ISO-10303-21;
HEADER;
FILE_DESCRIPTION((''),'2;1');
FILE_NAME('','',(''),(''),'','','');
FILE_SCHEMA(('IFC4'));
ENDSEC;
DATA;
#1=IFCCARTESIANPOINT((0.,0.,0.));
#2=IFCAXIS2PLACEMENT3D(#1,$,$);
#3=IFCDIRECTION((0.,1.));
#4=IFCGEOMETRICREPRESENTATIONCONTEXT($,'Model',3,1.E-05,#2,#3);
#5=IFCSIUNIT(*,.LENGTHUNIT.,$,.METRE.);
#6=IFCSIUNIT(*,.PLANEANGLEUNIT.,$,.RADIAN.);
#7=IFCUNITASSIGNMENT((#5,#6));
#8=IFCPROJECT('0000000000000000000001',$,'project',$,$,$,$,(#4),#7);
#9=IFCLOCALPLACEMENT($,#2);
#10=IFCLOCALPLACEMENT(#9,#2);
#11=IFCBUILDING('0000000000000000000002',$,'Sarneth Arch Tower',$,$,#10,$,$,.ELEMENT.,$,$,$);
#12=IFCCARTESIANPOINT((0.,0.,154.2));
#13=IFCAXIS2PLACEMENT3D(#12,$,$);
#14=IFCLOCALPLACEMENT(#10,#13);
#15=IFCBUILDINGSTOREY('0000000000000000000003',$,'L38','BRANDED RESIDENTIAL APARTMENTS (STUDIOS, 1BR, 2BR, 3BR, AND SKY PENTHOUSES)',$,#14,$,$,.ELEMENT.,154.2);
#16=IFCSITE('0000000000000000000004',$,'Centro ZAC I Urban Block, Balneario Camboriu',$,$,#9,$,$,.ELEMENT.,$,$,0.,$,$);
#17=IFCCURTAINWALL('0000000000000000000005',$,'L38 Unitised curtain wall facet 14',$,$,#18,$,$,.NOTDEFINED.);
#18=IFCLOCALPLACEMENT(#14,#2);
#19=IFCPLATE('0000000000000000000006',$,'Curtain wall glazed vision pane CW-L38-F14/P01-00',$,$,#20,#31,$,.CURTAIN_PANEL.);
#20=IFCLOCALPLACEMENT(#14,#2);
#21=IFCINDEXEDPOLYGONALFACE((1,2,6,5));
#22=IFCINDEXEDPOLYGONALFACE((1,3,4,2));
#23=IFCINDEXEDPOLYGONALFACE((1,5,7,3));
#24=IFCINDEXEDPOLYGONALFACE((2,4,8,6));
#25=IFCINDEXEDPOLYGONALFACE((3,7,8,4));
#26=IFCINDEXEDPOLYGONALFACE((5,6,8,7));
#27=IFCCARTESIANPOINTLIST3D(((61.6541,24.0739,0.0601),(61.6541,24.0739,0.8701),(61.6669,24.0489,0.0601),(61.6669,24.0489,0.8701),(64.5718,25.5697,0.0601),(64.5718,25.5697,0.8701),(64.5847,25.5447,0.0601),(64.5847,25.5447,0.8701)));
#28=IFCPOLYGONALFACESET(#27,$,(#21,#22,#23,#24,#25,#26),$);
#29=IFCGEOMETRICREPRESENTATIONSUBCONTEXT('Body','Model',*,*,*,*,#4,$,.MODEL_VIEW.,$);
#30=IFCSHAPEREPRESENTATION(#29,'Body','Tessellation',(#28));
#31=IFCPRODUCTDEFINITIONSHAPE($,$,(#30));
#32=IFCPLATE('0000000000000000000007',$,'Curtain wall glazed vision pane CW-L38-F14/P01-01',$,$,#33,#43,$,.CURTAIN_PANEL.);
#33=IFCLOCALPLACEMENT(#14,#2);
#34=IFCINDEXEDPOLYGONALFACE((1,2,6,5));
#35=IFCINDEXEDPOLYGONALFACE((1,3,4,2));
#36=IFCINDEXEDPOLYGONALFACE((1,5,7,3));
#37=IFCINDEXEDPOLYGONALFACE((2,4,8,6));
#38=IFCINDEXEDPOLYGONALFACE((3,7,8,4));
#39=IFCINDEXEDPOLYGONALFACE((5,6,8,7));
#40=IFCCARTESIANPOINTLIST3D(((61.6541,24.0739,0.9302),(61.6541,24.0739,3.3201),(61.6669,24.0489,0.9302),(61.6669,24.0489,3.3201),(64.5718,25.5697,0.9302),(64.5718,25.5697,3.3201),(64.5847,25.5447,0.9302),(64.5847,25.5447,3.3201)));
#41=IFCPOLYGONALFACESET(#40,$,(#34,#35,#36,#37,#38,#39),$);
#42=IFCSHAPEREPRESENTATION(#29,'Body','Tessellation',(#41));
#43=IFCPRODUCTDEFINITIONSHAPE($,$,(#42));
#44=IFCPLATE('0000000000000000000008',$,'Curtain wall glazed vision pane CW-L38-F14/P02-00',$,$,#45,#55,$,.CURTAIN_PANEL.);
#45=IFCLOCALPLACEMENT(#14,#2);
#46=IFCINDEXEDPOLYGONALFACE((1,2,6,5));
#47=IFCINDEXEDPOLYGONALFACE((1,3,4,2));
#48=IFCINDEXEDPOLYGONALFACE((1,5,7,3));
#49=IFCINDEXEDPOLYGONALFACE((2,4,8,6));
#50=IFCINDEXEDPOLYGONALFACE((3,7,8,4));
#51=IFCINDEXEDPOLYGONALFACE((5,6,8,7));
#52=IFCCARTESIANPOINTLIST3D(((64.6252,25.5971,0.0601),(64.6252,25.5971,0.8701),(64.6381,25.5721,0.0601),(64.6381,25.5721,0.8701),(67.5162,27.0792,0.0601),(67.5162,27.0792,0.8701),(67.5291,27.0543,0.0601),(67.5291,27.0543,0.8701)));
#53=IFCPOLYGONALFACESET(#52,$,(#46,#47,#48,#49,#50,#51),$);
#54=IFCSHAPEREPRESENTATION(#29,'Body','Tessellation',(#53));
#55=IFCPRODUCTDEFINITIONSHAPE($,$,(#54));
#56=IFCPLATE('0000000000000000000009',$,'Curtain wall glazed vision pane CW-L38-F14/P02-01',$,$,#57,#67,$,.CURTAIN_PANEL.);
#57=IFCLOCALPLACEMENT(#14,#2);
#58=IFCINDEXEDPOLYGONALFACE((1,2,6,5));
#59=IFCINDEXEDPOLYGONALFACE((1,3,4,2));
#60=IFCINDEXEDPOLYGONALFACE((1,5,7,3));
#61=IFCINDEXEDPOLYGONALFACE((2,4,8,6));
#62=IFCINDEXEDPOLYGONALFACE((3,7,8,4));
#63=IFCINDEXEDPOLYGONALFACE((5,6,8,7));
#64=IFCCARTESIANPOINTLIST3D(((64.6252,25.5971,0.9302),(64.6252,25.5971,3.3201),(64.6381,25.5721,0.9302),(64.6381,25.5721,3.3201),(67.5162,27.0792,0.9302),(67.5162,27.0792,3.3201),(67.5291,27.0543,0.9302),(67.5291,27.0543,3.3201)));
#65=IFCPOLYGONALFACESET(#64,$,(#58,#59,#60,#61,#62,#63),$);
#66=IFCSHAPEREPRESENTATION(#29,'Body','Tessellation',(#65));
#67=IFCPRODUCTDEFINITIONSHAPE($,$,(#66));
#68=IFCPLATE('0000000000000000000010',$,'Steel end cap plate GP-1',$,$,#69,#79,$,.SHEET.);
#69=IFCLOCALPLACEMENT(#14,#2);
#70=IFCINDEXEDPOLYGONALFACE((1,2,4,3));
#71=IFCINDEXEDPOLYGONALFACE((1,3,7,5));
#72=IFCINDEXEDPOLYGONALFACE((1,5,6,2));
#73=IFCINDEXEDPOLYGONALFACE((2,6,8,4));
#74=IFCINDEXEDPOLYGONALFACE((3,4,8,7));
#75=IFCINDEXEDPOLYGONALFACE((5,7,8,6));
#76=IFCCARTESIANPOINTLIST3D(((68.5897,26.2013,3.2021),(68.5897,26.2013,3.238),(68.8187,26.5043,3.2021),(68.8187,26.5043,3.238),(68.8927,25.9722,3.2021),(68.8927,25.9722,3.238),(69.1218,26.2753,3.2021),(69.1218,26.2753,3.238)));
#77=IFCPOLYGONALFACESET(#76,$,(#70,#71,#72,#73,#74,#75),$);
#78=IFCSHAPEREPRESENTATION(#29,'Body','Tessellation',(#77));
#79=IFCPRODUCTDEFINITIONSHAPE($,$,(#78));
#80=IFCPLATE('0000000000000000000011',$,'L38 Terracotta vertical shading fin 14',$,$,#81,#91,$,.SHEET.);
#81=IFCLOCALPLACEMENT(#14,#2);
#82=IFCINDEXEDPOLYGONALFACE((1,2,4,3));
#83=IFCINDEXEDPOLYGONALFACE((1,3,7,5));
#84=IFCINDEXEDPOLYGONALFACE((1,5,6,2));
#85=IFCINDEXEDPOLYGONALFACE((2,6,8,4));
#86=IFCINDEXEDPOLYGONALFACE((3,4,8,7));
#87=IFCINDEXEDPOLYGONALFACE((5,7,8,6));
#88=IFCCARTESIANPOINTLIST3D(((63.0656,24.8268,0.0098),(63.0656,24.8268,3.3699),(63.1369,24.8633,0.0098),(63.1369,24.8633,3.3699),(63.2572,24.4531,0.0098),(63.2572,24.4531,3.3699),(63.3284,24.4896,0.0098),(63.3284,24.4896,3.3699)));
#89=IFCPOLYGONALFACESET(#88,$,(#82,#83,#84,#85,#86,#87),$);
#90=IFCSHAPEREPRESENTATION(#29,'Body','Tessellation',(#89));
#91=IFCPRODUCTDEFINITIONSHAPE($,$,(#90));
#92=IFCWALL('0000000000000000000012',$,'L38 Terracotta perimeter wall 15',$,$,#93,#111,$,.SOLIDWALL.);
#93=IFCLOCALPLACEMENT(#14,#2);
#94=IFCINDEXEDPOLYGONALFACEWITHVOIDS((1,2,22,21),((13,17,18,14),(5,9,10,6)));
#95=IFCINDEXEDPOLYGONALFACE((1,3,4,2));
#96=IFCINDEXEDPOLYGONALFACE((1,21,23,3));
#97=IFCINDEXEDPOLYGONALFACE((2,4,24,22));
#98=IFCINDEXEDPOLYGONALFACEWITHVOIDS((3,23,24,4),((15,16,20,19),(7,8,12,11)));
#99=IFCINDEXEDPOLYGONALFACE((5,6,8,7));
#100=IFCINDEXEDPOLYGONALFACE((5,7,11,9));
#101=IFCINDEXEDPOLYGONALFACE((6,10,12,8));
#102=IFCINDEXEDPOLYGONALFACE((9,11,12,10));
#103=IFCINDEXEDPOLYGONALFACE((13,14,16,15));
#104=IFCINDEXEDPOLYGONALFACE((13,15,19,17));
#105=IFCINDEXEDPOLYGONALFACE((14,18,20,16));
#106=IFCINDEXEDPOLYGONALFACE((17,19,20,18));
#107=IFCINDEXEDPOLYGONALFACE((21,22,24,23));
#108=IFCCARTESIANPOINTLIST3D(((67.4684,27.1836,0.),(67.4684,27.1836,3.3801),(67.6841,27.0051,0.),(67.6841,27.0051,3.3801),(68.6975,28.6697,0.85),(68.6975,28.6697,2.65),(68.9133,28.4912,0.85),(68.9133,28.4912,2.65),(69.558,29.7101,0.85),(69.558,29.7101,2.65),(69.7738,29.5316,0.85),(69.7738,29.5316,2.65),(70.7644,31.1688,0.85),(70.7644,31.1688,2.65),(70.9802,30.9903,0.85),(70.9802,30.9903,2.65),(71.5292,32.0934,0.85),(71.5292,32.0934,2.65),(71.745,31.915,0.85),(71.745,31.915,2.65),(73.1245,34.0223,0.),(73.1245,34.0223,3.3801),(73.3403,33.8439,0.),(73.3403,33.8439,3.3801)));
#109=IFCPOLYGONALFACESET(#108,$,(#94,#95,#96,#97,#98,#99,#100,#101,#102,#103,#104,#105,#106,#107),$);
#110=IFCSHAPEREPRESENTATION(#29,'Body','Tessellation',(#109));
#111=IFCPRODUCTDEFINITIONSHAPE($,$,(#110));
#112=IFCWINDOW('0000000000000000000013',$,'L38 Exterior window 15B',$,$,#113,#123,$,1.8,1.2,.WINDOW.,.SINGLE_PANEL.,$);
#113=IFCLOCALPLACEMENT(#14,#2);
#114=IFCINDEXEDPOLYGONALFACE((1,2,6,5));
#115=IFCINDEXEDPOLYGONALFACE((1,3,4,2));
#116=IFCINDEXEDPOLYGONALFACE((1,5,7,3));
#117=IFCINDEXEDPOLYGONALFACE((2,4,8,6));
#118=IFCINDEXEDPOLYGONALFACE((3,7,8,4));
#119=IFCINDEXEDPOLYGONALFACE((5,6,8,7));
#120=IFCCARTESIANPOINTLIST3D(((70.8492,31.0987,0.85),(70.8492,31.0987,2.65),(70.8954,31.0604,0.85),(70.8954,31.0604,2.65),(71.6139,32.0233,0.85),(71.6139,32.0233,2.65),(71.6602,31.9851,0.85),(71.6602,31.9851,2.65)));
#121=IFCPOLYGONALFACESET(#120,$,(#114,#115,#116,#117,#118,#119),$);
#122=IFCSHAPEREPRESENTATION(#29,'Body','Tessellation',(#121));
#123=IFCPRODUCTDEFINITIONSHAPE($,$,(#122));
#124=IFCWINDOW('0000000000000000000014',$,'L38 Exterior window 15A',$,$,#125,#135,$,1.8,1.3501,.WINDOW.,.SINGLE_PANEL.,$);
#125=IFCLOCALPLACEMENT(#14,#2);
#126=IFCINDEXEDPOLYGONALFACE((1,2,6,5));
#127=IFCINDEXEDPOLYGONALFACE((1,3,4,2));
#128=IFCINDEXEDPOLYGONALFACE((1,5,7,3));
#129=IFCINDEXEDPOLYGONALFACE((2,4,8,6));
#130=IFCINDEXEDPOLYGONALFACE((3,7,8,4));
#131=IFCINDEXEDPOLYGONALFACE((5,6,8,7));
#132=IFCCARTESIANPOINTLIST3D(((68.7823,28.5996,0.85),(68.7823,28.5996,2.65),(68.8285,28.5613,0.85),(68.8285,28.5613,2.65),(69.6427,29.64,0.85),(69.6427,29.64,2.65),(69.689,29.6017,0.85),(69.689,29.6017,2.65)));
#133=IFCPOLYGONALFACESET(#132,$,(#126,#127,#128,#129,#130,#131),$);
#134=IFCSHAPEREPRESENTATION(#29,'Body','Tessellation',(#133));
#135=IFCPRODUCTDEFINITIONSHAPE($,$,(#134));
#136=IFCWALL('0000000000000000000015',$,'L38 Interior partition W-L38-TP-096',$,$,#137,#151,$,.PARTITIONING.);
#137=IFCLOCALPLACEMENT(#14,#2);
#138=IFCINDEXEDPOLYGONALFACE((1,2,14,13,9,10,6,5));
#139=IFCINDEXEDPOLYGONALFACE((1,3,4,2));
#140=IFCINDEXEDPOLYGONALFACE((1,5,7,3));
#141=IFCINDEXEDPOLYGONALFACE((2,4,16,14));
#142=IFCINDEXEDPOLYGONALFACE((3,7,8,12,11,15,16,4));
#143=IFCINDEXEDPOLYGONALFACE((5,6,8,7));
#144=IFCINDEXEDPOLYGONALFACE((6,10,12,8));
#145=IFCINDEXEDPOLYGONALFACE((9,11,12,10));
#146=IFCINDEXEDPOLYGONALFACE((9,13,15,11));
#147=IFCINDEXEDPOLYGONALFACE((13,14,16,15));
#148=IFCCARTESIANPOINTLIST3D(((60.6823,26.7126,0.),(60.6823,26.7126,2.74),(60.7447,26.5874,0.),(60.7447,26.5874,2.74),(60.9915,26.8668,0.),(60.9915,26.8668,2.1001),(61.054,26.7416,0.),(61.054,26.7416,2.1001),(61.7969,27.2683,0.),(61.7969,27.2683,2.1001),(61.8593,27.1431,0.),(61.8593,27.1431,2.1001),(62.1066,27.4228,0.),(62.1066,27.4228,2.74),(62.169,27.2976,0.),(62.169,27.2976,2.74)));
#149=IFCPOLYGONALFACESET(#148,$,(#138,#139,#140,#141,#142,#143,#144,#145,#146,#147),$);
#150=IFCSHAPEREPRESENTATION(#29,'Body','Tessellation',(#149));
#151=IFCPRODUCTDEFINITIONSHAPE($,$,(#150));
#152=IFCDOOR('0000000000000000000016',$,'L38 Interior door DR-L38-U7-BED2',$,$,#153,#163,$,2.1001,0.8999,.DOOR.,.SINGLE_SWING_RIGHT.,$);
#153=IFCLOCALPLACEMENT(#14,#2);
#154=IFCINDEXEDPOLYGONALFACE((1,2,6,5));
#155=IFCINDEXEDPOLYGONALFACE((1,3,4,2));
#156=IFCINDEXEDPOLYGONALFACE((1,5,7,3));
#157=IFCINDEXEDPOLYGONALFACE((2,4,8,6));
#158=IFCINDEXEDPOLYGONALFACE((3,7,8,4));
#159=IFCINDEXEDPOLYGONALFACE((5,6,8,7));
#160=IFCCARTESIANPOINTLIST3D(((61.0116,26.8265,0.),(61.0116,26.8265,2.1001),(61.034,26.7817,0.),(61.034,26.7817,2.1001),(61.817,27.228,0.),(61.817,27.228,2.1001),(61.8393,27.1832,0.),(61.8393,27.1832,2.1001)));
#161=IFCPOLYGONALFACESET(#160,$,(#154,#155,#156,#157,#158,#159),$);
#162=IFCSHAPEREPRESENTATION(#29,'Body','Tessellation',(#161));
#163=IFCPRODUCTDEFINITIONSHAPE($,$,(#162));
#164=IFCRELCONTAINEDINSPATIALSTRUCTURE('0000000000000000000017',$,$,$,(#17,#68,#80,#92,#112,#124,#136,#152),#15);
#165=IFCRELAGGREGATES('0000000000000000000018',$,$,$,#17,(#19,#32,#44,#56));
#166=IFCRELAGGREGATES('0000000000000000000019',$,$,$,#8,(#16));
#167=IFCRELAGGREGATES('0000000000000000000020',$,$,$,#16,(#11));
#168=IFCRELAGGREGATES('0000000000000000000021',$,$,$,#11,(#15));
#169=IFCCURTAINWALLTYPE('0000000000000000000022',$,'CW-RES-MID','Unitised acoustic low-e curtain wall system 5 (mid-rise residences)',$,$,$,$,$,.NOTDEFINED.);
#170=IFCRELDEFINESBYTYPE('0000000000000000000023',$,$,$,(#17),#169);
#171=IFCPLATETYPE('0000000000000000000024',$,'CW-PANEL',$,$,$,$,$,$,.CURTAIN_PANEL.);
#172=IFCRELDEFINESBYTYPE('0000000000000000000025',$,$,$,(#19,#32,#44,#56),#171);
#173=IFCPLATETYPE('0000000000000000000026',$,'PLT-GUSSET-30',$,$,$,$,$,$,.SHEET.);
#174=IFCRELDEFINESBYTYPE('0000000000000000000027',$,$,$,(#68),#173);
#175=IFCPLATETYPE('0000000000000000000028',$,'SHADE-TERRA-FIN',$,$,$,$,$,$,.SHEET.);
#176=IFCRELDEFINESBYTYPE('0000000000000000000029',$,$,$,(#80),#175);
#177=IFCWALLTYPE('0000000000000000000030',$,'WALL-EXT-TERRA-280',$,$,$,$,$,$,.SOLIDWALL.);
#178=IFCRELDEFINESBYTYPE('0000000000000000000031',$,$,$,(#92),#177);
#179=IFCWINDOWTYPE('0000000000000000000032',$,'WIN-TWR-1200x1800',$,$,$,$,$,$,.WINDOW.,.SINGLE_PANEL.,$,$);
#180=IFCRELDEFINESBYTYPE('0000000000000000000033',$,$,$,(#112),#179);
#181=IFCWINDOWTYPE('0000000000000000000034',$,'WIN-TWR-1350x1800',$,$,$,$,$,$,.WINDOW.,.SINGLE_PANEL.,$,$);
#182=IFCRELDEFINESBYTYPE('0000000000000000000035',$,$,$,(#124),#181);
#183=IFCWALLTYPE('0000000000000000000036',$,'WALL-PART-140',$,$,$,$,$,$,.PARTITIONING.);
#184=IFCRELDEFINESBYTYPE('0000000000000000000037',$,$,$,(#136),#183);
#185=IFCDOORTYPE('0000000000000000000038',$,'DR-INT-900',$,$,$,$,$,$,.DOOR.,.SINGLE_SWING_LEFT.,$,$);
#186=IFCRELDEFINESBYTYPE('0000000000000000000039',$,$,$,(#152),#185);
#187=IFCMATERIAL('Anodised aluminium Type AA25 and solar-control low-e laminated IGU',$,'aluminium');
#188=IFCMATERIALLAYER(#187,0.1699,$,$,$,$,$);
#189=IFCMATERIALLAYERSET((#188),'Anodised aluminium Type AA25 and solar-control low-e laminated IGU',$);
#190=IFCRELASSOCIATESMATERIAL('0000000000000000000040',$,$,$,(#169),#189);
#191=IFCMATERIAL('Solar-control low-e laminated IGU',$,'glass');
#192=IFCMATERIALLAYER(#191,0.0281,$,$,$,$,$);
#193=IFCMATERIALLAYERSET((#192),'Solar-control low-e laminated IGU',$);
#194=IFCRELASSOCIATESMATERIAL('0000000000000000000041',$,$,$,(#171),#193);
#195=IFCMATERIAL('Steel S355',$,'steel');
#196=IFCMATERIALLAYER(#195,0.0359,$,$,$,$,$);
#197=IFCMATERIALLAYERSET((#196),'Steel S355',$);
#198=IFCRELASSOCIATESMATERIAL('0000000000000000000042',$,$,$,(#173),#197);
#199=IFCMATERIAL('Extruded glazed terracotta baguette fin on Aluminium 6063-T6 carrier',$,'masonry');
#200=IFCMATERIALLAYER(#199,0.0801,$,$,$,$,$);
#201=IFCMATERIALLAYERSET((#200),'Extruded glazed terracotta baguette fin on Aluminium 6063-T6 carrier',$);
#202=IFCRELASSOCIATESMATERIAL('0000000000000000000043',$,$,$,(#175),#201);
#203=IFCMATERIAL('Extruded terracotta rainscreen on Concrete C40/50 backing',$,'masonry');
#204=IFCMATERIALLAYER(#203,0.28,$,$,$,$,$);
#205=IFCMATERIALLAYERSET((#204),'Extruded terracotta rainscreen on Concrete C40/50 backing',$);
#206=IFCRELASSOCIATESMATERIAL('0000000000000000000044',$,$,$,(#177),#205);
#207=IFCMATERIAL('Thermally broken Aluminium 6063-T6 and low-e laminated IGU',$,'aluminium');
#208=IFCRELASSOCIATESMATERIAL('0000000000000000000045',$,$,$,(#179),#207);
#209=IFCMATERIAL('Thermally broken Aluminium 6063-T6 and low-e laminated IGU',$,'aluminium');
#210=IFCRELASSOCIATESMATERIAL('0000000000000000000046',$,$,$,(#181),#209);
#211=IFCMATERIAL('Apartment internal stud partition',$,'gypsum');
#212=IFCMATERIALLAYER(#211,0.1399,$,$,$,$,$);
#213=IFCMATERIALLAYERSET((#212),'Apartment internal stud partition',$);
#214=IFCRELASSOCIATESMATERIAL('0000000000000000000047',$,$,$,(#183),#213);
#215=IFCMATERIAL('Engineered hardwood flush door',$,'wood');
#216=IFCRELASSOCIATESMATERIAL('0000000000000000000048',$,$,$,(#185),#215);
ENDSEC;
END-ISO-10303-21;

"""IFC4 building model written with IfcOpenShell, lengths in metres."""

from ifc_helpers import new_model, si_unit, direction, frame, frame_2d, origin, origin_2d, place, context, subcontext, project, spatial, rectangle, extrude, material, layer, layer_set, type_object, element, fill, aggregate, save


model = new_model("IFC4")

# Units and contexts
model_context = context("Model", 3, precision=1e-05, world=origin(), true_north=direction((0.0, 1.0)))
body_context = subcontext(model_context, "Body", "Model", "MODEL_VIEW")
ifc_project = project(units=[si_unit("LENGTHUNIT", "METRE"), si_unit("PLANEANGLEUNIT", "RADIAN")], contexts=[model_context])

# Site, building, storey
site_placement = place(None, origin())
site = spatial("IfcSite", under=ifc_project, at=site_placement, Name="Centro ZAC I Urban Block, Balneario Camboriu", CompositionType="ELEMENT", RefElevation=0.0)
building_placement = place(site_placement, origin())
building = spatial("IfcBuilding", under=site, at=building_placement, Name="Sarneth Arch Tower", CompositionType="ELEMENT")
storey_placement = place(building_placement, frame((0.0, 0.0, 154.2)))
storey = spatial("IfcBuildingStorey", under=building, at=storey_placement, Name="L38", Description="BRANDED RESIDENTIAL APARTMENTS (STUDIOS, 1BR, 2BR, 3BR, AND SKY PENTHOUSES)", CompositionType="ELEMENT", Elevation=154.2)

# Curtain wall, plates
ifc_material_1 = material(Name="Anodised aluminium Type AA25 and solar-control low-e laminated IGU", Category="aluminium")
ifc_layer_1 = layer(ifc_material_1, 0.1699)
ifc_layer_set_1 = layer_set([ifc_layer_1], Name="Anodised aluminium Type AA25 and solar-control low-e laminated IGU")
curtain_wall_type = type_object("IfcCurtainWallType", Name="CW-RES-MID", Description="Unitised acoustic low-e curtain wall system 5 (mid-rise residences)", PredefinedType="NOTDEFINED", material=ifc_layer_set_1)
curtain_wall_placement = place(storey_placement, origin())
curtain_wall = element("IfcCurtainWall", 1, at=curtain_wall_placement, inside=storey, type_object=curtain_wall_type, Name="L38 Unitised curtain wall facet 14", PredefinedType="NOTDEFINED")
ifc_material_2 = material(Name="Solar-control low-e laminated IGU", Category="glass")
ifc_layer_2 = layer(ifc_material_2, 0.0281)
ifc_layer_set_2 = layer_set([ifc_layer_2], Name="Solar-control low-e laminated IGU")
plate_type_1 = type_object("IfcPlateType", Name="CW-PANEL", PredefinedType="CURTAIN_PANEL", material=ifc_layer_set_2)
plate_1_placement = place(storey_placement, frame((63.1194, 24.8093, 0.0601), z_axis=(0.0, 0.0, 1.0), x_axis=(0.889873, 0.456208, 0.0)))
plate_1 = element("IfcPlate", 2, at=plate_1_placement, type_object=plate_type_1, Name="Curtain wall glazed vision pane CW-L38-F14/P01-00", PredefinedType="CURTAIN_PANEL", context=body_context, shape_type="SweptSolid", body=[
    extrude(rectangle(XDim=3.2788, YDim=0.0281, at=origin_2d()), origin(), (0.0, 0.0, 1.0), 0.8101),
])
plate_2_placement = place(storey_placement, frame((63.1194, 24.8093, 0.9302), z_axis=(0.0, 0.0, 1.0), x_axis=(0.889873, 0.456208, 0.0)))
plate_2 = element("IfcPlate", 3, at=plate_2_placement, type_object=plate_type_1, Name="Curtain wall glazed vision pane CW-L38-F14/P01-01", PredefinedType="CURTAIN_PANEL", context=body_context, shape_type="SweptSolid", body=[
    extrude(rectangle(XDim=3.2788, YDim=0.0281, at=origin_2d()), origin(), (0.0, 0.0, 1.0), 2.3899),
])
plate_3_placement = place(storey_placement, frame((66.0771, 26.3257, 0.0601), z_axis=(0.0, 0.0, 1.0), x_axis=(0.889873, 0.456208, 0.0)))
plate_3 = element("IfcPlate", 4, at=plate_3_placement, type_object=plate_type_1, Name="Curtain wall glazed vision pane CW-L38-F14/P02-00", PredefinedType="CURTAIN_PANEL", context=body_context, shape_type="SweptSolid", body=[
    extrude(rectangle(XDim=3.2488, YDim=0.0281, at=origin_2d()), origin(), (0.0, 0.0, 1.0), 0.8101),
])
plate_4_placement = place(storey_placement, frame((66.0771, 26.3257, 0.9302), z_axis=(0.0, 0.0, 1.0), x_axis=(0.889873, 0.456208, 0.0)))
plate_4 = element("IfcPlate", 5, at=plate_4_placement, type_object=plate_type_1, Name="Curtain wall glazed vision pane CW-L38-F14/P02-01", PredefinedType="CURTAIN_PANEL", context=body_context, shape_type="SweptSolid", body=[
    extrude(rectangle(XDim=3.2488, YDim=0.0281, at=origin_2d()), origin(), (0.0, 0.0, 1.0), 2.3899),
])
aggregate(curtain_wall, [plate_1, plate_2, plate_3, plate_4])

# Plates
ifc_material_3 = material(Name="Steel S355", Category="steel")
ifc_layer_3 = layer(ifc_material_3, 0.0359)
ifc_layer_set_3 = layer_set([ifc_layer_3], Name="Steel S355")
plate_type_2 = type_object("IfcPlateType", Name="PLT-GUSSET-30", PredefinedType="SHEET", material=ifc_layer_set_3)
plate_5_placement = place(storey_placement, frame((68.8557, 26.2383, 3.2021), z_axis=(0.0, 0.0, 1.0), x_axis=(0.797794, -0.60293, 0.0)))
element("IfcPlate", 6, at=plate_5_placement, inside=storey, type_object=plate_type_2, Name="Steel end cap plate GP-1", PredefinedType="SHEET", context=body_context, shape_type="SweptSolid", body=[
    extrude(rectangle(XDim=0.3799, YDim=0.3799, at=origin_2d()), origin(), (0.0, 0.0, 1.0), 0.0359),
])
ifc_material_4 = material(Name="Extruded glazed terracotta baguette fin on Aluminium 6063-T6 carrier", Category="masonry")
ifc_layer_4 = layer(ifc_material_4, 0.0801)
ifc_layer_set_4 = layer_set([ifc_layer_4], Name="Extruded glazed terracotta baguette fin on Aluminium 6063-T6 carrier")
plate_type_3 = type_object("IfcPlateType", Name="SHADE-TERRA-FIN", PredefinedType="SHEET", material=ifc_layer_set_4)
plate_6_placement = place(storey_placement, frame((63.197, 24.6582, 0.0098), z_axis=(0.0, 0.0, 1.0), x_axis=(0.456166, -0.889895, 0.0)))
element("IfcPlate", 7, at=plate_6_placement, inside=storey, type_object=plate_type_3, Name="L38 Terracotta vertical shading fin 14", PredefinedType="SHEET", context=body_context, shape_type="SweptSolid", body=[
    extrude(rectangle(XDim=0.4199, YDim=0.0801, at=origin_2d()), origin(), (0.0, 0.0, 1.0), 3.3601),
])

# Wall, openings, windows
ifc_material_5 = material(Name="Extruded terracotta rainscreen on Concrete C40/50 backing", Category="masonry")
ifc_layer_5 = layer(ifc_material_5, 0.28)
ifc_layer_set_5 = layer_set([ifc_layer_5], Name="Extruded terracotta rainscreen on Concrete C40/50 backing")
wall_type_1 = type_object("IfcWallType", Name="WALL-EXT-TERRA-280", PredefinedType="SOLIDWALL", material=ifc_layer_set_5)
wall_1_placement = place(storey_placement, frame((67.5762, 27.0942, 0.0), z_axis=(0.0, 0.0, 1.0), x_axis=(0.637333, 0.770588, 0.0)))
wall_1 = element("IfcWall", 8, at=wall_1_placement, inside=storey, type_object=wall_type_1, Name="L38 Terracotta perimeter wall 15", PredefinedType="SOLIDWALL", context=body_context, shape_type="SweptSolid", body=[
    extrude(rectangle(XDim=8.8748, YDim=0.28, at=frame_2d((4.4375, 0.0))), origin(), (0.0, 0.0, 1.0), 3.3801),
])
opening_1_placement = place(wall_1_placement, frame((1.9287, 0.0, 0.8501)))
opening_1 = element("IfcOpeningElement", 9, at=opening_1_placement, cuts=wall_1, PredefinedType="OPENING", context=body_context, shape_type="SweptSolid", body=[
    extrude(rectangle(XDim=1.3501, YDim=1.8, at=frame_2d((0.675, 0.8999))), frame((0.0, 0.1499, 0.0), z_axis=(0.0, -1.0, 0.0), x_axis=(1.0, 0.0, 0.0)), (0.0, 0.0, 1.0), 0.3),
])
opening_2_placement = place(wall_1_placement, frame((5.1716, 0.0, 0.8501)))
opening_2 = element("IfcOpeningElement", 10, at=opening_2_placement, cuts=wall_1, PredefinedType="OPENING", context=body_context, shape_type="SweptSolid", body=[
    extrude(rectangle(XDim=1.2, YDim=1.8, at=frame_2d((0.6001, 0.8999))), frame((0.0, 0.1499, 0.0), z_axis=(0.0, -1.0, 0.0), x_axis=(1.0, 0.0, 0.0)), (0.0, 0.0, 1.0), 0.3),
])
ifc_material_6 = material(Name="Thermally broken Aluminium 6063-T6 and low-e laminated IGU", Category="aluminium")
window_type_1 = type_object("IfcWindowType", Name="WIN-TWR-1200x1800", PartitioningType="SINGLE_PANEL", PredefinedType="WINDOW", material=ifc_material_6)
window_1_placement = place(opening_2_placement, origin())
window_1 = element("IfcWindow", 11, at=window_1_placement, inside=storey, type_object=window_type_1, Name="L38 Exterior window 15B", OverallHeight=1.8, OverallWidth=1.2, PartitioningType="SINGLE_PANEL", PredefinedType="WINDOW", context=body_context, shape_type="SweptSolid", body=[
    extrude(rectangle(XDim=1.2, YDim=1.8, at=frame_2d((0.6001, 0.8999))), frame((0.0, 0.03, 0.0), z_axis=(0.0, -1.0, 0.0), x_axis=(1.0, 0.0, 0.0)), (0.0, 0.0, 1.0), 0.0601),
])
fill(opening_2, window_1)
ifc_material_7 = material(Name="Thermally broken Aluminium 6063-T6 and low-e laminated IGU", Category="aluminium")
window_type_2 = type_object("IfcWindowType", Name="WIN-TWR-1350x1800", PartitioningType="SINGLE_PANEL", PredefinedType="WINDOW", material=ifc_material_7)
window_2_placement = place(opening_1_placement, origin())
window_2 = element("IfcWindow", 12, at=window_2_placement, inside=storey, type_object=window_type_2, Name="L38 Exterior window 15A", OverallHeight=1.8, OverallWidth=1.3501, PartitioningType="SINGLE_PANEL", PredefinedType="WINDOW", context=body_context, shape_type="SweptSolid", body=[
    extrude(rectangle(XDim=1.3501, YDim=1.8, at=frame_2d((0.675, 0.8999))), frame((0.0, 0.03, 0.0), z_axis=(0.0, -1.0, 0.0), x_axis=(1.0, 0.0, 0.0)), (0.0, 0.0, 1.0), 0.0601),
])
fill(opening_1, window_2)

# Wall, opening, door
ifc_material_8 = material(Name="Apartment internal stud partition", Category="gypsum")
ifc_layer_6 = layer(ifc_material_8, 0.1399)
ifc_layer_set_6 = layer_set([ifc_layer_6], Name="Apartment internal stud partition")
wall_type_2 = type_object("IfcWallType", Name="WALL-PART-140", PredefinedType="PARTITIONING", material=ifc_layer_set_6)
wall_2_placement = place(storey_placement, frame((60.7134, 26.6499, 0.0), z_axis=(0.0, 0.0, 1.0), x_axis=(0.894918, 0.446232, 0.0)))
wall_2 = element("IfcWall", 13, at=wall_2_placement, inside=storey, type_object=wall_type_2, Name="L38 Interior partition W-L38-TP-096", PredefinedType="PARTITIONING", context=body_context, shape_type="SweptSolid", body=[
    extrude(rectangle(XDim=1.5916, YDim=0.1399, at=frame_2d((0.7959, 0.0))), origin(), (0.0, 0.0, 1.0), 2.74),
])
opening_3_placement = place(wall_2_placement, frame((0.3457, 0.0, 0.0)))
opening_3 = element("IfcOpeningElement", 14, at=opening_3_placement, cuts=wall_2, PredefinedType="OPENING", context=body_context, shape_type="SweptSolid", body=[
    extrude(rectangle(XDim=0.8999, YDim=2.1001, at=frame_2d((0.45, 1.05))), frame((0.0, 0.0798, 0.0), z_axis=(0.0, -1.0, 0.0), x_axis=(1.0, 0.0, 0.0)), (0.0, 0.0, 1.0), 0.1599),
])
ifc_material_9 = material(Name="Engineered hardwood flush door", Category="wood")
door_type = type_object("IfcDoorType", Name="DR-INT-900", OperationType="SINGLE_SWING_LEFT", PredefinedType="DOOR", material=ifc_material_9)
door_placement = place(opening_3_placement, origin())
door = element("IfcDoor", 15, at=door_placement, inside=storey, type_object=door_type, Name="L38 Interior door DR-L38-U7-BED2", OperationType="SINGLE_SWING_RIGHT", OverallHeight=2.1001, OverallWidth=0.8999, PredefinedType="DOOR", context=body_context, shape_type="SweptSolid", body=[
    extrude(rectangle(XDim=0.8999, YDim=2.1001, at=frame_2d((0.45, 1.05))), frame((0.0, 0.0249, 0.0), z_axis=(0.0, -1.0, 0.0), x_axis=(1.0, 0.0, 0.0)), (0.0, 0.0, 1.0), 0.05),
])
fill(opening_3, door)

save(model, "model.ifc")
